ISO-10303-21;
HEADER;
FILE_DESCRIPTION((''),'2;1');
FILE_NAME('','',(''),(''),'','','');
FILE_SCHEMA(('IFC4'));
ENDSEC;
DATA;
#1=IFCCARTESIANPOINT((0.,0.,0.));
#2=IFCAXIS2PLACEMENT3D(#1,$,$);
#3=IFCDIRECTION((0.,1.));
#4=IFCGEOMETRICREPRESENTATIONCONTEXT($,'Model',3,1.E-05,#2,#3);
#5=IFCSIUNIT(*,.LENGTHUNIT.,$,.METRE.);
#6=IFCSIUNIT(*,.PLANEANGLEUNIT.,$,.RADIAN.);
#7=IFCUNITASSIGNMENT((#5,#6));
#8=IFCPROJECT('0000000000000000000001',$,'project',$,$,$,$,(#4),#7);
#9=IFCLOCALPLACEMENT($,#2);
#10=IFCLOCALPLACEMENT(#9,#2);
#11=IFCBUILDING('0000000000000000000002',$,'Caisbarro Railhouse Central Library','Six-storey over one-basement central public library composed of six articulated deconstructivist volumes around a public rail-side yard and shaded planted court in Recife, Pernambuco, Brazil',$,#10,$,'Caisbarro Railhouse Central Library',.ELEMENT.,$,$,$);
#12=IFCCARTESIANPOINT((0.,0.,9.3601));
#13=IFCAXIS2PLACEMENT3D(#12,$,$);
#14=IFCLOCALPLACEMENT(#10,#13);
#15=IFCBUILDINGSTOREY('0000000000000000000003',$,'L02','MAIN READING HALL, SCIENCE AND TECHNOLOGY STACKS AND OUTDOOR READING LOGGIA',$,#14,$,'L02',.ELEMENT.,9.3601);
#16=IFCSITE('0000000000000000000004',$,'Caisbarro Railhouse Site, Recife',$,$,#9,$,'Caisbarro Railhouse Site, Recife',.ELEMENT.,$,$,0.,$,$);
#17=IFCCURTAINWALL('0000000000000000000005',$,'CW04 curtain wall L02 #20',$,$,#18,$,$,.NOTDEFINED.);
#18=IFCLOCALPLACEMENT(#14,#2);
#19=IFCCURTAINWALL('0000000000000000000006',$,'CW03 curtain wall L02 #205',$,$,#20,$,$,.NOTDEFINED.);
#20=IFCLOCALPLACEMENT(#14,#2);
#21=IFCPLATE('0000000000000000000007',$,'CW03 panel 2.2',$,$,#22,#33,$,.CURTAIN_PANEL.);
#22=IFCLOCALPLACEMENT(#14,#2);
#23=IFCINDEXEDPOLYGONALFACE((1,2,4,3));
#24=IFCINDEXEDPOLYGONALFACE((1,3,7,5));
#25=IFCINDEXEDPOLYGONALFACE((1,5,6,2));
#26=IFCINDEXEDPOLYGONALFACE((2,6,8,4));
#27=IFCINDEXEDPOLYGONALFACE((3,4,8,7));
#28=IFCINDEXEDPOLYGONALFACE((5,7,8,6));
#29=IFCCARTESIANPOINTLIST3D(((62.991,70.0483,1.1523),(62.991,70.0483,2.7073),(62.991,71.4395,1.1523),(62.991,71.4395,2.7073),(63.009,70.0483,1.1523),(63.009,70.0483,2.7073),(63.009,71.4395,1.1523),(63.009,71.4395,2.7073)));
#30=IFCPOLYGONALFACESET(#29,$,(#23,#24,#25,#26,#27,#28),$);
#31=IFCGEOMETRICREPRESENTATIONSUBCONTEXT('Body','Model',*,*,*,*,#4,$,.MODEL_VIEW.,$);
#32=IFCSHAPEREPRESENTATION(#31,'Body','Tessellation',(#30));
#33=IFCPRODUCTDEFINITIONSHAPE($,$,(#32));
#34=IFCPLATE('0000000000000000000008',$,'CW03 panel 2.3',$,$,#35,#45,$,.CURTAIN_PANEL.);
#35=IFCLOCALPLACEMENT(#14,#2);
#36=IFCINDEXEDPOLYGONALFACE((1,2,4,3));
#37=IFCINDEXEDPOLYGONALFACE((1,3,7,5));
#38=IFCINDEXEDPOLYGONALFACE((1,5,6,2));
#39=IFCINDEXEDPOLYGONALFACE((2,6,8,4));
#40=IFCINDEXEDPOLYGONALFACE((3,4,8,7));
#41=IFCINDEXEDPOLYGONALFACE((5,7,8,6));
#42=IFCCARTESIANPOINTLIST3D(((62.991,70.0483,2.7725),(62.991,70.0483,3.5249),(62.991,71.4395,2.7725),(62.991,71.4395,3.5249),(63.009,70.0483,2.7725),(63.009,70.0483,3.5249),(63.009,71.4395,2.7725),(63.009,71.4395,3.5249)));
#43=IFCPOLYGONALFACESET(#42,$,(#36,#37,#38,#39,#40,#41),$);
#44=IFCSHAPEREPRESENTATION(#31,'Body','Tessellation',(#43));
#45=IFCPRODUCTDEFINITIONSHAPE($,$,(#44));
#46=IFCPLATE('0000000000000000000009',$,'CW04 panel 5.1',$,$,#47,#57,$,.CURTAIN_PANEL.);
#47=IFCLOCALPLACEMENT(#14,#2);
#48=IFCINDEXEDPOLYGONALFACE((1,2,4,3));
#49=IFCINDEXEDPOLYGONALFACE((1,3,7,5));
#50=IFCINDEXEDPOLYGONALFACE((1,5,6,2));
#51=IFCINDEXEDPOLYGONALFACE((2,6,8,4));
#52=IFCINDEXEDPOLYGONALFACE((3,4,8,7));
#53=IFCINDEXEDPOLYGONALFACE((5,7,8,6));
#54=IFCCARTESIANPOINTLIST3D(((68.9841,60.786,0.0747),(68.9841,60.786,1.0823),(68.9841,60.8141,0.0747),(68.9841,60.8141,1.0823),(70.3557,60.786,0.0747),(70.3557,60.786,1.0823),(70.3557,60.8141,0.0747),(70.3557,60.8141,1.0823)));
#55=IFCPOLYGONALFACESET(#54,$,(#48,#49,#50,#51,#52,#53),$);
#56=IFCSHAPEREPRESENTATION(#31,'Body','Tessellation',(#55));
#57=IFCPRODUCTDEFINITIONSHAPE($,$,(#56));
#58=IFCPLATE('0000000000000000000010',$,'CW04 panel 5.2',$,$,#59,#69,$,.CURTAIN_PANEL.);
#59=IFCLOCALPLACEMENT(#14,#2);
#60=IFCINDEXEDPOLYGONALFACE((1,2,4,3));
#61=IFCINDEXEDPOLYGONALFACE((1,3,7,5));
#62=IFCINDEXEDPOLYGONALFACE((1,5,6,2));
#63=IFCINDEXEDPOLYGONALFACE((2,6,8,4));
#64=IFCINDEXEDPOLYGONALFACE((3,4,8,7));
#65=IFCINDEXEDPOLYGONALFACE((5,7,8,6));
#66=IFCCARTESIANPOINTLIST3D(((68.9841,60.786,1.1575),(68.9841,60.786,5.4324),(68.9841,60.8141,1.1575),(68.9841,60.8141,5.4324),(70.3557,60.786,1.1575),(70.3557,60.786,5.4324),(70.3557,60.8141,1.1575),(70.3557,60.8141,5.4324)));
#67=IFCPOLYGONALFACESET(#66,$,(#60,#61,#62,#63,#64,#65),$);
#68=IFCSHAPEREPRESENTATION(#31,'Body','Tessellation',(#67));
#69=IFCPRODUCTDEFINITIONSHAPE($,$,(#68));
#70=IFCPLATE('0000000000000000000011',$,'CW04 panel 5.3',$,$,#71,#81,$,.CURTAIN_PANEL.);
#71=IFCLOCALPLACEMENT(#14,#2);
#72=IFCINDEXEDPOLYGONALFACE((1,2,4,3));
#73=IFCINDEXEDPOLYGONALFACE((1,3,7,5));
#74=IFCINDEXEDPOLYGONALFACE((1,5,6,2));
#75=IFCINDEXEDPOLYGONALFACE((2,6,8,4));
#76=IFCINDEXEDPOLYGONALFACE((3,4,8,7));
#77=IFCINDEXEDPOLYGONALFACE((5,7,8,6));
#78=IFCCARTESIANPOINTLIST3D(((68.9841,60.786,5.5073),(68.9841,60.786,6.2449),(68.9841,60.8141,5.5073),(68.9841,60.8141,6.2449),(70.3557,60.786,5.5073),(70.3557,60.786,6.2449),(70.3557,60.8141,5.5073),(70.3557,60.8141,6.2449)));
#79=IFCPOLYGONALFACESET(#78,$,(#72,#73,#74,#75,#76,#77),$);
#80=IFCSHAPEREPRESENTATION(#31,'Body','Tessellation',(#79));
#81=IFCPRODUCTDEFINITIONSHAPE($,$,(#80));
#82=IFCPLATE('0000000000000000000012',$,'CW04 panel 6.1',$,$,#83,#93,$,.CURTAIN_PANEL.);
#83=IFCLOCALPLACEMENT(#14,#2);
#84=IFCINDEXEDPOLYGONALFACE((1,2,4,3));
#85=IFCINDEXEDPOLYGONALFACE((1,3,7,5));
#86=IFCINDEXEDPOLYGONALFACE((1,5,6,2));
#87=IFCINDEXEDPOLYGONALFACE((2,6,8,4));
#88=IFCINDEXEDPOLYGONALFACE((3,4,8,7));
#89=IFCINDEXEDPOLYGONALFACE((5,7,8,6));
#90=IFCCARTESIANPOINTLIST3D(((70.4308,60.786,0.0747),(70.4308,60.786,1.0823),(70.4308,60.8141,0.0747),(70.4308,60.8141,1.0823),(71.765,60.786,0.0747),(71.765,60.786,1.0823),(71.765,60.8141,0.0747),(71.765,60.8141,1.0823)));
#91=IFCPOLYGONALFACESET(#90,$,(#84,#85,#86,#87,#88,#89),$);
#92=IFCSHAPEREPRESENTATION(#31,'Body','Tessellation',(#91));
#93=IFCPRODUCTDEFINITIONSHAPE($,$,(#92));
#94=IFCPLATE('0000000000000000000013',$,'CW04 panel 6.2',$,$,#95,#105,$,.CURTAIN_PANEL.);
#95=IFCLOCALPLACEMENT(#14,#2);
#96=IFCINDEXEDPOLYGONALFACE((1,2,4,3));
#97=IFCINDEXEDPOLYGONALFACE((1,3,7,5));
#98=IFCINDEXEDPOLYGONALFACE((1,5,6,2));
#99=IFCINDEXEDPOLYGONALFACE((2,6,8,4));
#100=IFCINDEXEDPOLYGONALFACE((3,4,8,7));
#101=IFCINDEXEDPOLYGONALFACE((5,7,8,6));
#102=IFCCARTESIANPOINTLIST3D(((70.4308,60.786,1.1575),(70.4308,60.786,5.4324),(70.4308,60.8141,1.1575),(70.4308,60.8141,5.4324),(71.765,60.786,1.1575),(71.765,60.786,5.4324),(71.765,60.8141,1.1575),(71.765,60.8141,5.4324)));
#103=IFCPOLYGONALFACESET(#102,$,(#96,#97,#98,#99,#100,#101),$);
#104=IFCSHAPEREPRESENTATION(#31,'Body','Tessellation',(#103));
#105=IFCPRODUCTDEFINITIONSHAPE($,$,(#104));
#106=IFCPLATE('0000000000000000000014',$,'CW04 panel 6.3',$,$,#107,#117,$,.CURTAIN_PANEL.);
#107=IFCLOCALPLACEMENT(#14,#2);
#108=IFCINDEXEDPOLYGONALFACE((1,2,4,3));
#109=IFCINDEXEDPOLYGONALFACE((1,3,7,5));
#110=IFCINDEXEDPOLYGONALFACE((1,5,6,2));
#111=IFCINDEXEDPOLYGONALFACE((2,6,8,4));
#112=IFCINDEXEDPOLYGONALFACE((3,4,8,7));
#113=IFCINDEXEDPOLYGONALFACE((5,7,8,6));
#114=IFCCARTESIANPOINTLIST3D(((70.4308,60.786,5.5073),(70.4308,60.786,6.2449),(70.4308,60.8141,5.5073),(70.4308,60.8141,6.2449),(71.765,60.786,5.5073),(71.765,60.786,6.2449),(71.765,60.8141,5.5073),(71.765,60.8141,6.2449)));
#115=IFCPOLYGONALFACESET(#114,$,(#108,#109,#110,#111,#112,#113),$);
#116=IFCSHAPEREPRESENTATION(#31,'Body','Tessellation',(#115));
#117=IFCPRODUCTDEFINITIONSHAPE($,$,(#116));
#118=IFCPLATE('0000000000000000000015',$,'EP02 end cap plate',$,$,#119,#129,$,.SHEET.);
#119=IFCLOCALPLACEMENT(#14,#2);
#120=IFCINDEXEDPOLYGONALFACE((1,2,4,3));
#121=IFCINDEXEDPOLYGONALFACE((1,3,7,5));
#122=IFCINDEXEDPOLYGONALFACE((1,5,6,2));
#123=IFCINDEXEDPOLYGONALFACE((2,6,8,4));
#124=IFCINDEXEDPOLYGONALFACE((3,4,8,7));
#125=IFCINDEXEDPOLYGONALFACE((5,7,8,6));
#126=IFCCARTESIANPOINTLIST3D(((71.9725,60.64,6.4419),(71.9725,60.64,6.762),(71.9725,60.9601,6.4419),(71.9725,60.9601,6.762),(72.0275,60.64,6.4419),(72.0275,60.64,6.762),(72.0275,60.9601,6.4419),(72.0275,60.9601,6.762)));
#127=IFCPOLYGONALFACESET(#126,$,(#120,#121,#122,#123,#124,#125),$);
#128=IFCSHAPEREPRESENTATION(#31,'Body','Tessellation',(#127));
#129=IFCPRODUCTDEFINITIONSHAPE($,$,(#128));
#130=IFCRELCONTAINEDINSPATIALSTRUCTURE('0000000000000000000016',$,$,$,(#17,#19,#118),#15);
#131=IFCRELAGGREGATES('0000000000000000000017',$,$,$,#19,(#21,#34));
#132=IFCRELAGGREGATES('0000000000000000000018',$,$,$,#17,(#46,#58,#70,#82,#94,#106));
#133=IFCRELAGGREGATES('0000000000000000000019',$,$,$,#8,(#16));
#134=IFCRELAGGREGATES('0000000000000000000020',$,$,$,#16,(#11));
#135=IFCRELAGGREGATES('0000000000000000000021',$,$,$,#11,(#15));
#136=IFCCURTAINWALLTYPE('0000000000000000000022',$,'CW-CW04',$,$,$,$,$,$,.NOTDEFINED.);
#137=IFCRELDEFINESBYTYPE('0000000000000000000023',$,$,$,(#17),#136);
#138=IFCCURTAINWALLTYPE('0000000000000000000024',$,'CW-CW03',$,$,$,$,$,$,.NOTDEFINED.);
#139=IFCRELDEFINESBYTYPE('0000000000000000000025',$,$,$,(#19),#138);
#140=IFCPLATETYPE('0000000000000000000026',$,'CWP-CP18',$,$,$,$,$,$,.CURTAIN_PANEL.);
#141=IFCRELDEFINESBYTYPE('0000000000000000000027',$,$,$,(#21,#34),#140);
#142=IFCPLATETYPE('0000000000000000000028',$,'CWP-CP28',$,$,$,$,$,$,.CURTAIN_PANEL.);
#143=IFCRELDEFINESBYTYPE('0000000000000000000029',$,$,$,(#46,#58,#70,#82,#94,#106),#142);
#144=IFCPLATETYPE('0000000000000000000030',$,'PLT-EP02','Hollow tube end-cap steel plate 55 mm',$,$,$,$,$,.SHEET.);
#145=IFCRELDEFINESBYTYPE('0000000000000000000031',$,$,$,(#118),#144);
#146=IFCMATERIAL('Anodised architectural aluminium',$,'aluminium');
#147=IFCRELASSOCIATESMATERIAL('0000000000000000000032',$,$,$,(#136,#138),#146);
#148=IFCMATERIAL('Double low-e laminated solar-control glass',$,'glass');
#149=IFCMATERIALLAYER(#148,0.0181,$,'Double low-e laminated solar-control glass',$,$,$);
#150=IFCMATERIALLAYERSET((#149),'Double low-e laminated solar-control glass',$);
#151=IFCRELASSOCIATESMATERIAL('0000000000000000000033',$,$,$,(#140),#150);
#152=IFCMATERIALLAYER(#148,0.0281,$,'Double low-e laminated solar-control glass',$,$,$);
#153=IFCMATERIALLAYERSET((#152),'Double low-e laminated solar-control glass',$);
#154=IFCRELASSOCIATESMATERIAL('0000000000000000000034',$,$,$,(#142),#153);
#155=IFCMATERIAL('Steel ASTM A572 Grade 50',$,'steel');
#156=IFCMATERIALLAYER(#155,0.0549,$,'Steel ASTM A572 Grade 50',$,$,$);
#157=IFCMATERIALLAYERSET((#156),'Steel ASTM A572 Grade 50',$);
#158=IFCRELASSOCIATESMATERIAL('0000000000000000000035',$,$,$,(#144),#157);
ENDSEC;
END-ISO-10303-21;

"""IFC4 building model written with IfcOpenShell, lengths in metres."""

from ifc_helpers import new_model, si_unit, direction, frame, origin, origin_2d, place, context, subcontext, project, spatial, rectangle, extrude, material, layer, layer_set, type_object, element, aggregate, save


model = new_model("IFC4")

# Units and contexts
model_context = context("Model", 3, precision=1e-05, world=origin(), true_north=direction((0.0, 1.0)))
body_context = subcontext(model_context, "Body", "Model", "MODEL_VIEW")
ifc_project = project(units=[si_unit("LENGTHUNIT", "METRE"), si_unit("PLANEANGLEUNIT", "RADIAN")], contexts=[model_context])

# Site, building, storey
site_placement = place(None, origin())
site = spatial("IfcSite", under=ifc_project, at=site_placement, Name="Caisbarro Railhouse Site, Recife", LongName="Caisbarro Railhouse Site, Recife", CompositionType="ELEMENT", RefElevation=0.0)
building_placement = place(site_placement, origin())
building = spatial("IfcBuilding", under=site, at=building_placement, Name="Caisbarro Railhouse Central Library", Description="Six-storey over one-basement central public library composed of six articulated deconstructivist volumes around a public rail-side yard and shaded planted court in Recife, Pernambuco, Brazil", LongName="Caisbarro Railhouse Central Library", CompositionType="ELEMENT")
storey_placement = place(building_placement, frame((0.0, 0.0, 9.3601)))
storey = spatial("IfcBuildingStorey", under=building, at=storey_placement, Name="L02", Description="MAIN READING HALL, SCIENCE AND TECHNOLOGY STACKS AND OUTDOOR READING LOGGIA", LongName="L02", CompositionType="ELEMENT", Elevation=9.3601)

# Shared definitions
ifc_material_1 = material(Name="Steel ASTM A572 Grade 50", Category="steel")

# Curtain walls
ifc_material_2 = material(Name="Anodised architectural aluminium", Category="aluminium")
curtain_wall_type_1 = type_object("IfcCurtainWallType", Name="CW-CW04", PredefinedType="NOTDEFINED", material=ifc_material_2)
curtain_wall_1_placement = place(storey_placement, origin())
curtain_wall_1 = element("IfcCurtainWall", 1, at=curtain_wall_1_placement, inside=storey, type_object=curtain_wall_type_1, Name="CW04 curtain wall L02 #20", PredefinedType="NOTDEFINED")
curtain_wall_type_2 = type_object("IfcCurtainWallType", Name="CW-CW03", PredefinedType="NOTDEFINED", material=ifc_material_2)
curtain_wall_2_placement = place(storey_placement, origin())
curtain_wall_2 = element("IfcCurtainWall", 2, at=curtain_wall_2_placement, inside=storey, type_object=curtain_wall_type_2, Name="CW03 curtain wall L02 #205", PredefinedType="NOTDEFINED")

# Plates
ifc_material_3 = material(Name="Double low-e laminated solar-control glass", Category="glass")
ifc_layer_1 = layer(ifc_material_3, 0.0181, Name="Double low-e laminated solar-control glass")
ifc_layer_set_1 = layer_set([ifc_layer_1], Name="Double low-e laminated solar-control glass")
plate_type_1 = type_object("IfcPlateType", Name="CWP-CP18", PredefinedType="CURTAIN_PANEL", material=ifc_layer_set_1)
plate_1_placement = place(storey_placement, frame((63.0, 70.7439, 1.1523), z_axis=(0.0, 0.0, 1.0), x_axis=(0.0, 1.0, 0.0)))
plate_1 = element("IfcPlate", 3, at=plate_1_placement, type_object=plate_type_1, Name="CW03 panel 2.2", PredefinedType="CURTAIN_PANEL", context=body_context, shape_type="SweptSolid", body=[
    extrude(rectangle(XDim=1.3911, YDim=0.0181, at=origin_2d()), origin(), (0.0, 0.0, 1.0), 1.5549),
])
plate_2_placement = place(storey_placement, frame((63.0, 70.7439, 2.7725), z_axis=(0.0, 0.0, 1.0), x_axis=(0.0, 1.0, 0.0)))
plate_2 = element("IfcPlate", 4, at=plate_2_placement, type_object=plate_type_1, Name="CW03 panel 2.3", PredefinedType="CURTAIN_PANEL", context=body_context, shape_type="SweptSolid", body=[
    extrude(rectangle(XDim=1.3911, YDim=0.0181, at=origin_2d()), origin(), (0.0, 0.0, 1.0), 0.7524),
])
aggregate(curtain_wall_2, [plate_1, plate_2])
ifc_layer_2 = layer(ifc_material_3, 0.0281, Name="Double low-e laminated solar-control glass")
ifc_layer_set_2 = layer_set([ifc_layer_2], Name="Double low-e laminated solar-control glass")
plate_type_2 = type_object("IfcPlateType", Name="CWP-CP28", PredefinedType="CURTAIN_PANEL", material=ifc_layer_set_2)
plate_3_placement = place(storey_placement, frame((69.6699, 60.8, 0.0747), z_axis=(0.0, 0.0, 1.0), x_axis=(1.0, 0.0, 0.0)))
plate_3 = element("IfcPlate", 5, at=plate_3_placement, type_object=plate_type_2, Name="CW04 panel 5.1", PredefinedType="CURTAIN_PANEL", context=body_context, shape_type="SweptSolid", body=[
    extrude(rectangle(XDim=1.3716, YDim=0.0281, at=origin_2d()), origin(), (0.0, 0.0, 1.0), 1.0076),
])
plate_4_placement = place(storey_placement, frame((69.6699, 60.8, 1.1575), z_axis=(0.0, 0.0, 1.0), x_axis=(1.0, 0.0, 0.0)))
plate_4 = element("IfcPlate", 6, at=plate_4_placement, type_object=plate_type_2, Name="CW04 panel 5.2", PredefinedType="CURTAIN_PANEL", context=body_context, shape_type="SweptSolid", body=[
    extrude(rectangle(XDim=1.3716, YDim=0.0281, at=origin_2d()), origin(), (0.0, 0.0, 1.0), 4.2749),
])
plate_5_placement = place(storey_placement, frame((69.6699, 60.8, 5.5073), z_axis=(0.0, 0.0, 1.0), x_axis=(1.0, 0.0, 0.0)))
plate_5 = element("IfcPlate", 7, at=plate_5_placement, type_object=plate_type_2, Name="CW04 panel 5.3", PredefinedType="CURTAIN_PANEL", context=body_context, shape_type="SweptSolid", body=[
    extrude(rectangle(XDim=1.3716, YDim=0.0281, at=origin_2d()), origin(), (0.0, 0.0, 1.0), 0.7375),
])
plate_6_placement = place(storey_placement, frame((71.0979, 60.8, 0.0747), z_axis=(0.0, 0.0, 1.0), x_axis=(1.0, 0.0, 0.0)))
plate_6 = element("IfcPlate", 8, at=plate_6_placement, type_object=plate_type_2, Name="CW04 panel 6.1", PredefinedType="CURTAIN_PANEL", context=body_context, shape_type="SweptSolid", body=[
    extrude(rectangle(XDim=1.3342, YDim=0.0281, at=origin_2d()), origin(), (0.0, 0.0, 1.0), 1.0076),
])
plate_7_placement = place(storey_placement, frame((71.0979, 60.8, 1.1575), z_axis=(0.0, 0.0, 1.0), x_axis=(1.0, 0.0, 0.0)))
plate_7 = element("IfcPlate", 9, at=plate_7_placement, type_object=plate_type_2, Name="CW04 panel 6.2", PredefinedType="CURTAIN_PANEL", context=body_context, shape_type="SweptSolid", body=[
    extrude(rectangle(XDim=1.3342, YDim=0.0281, at=origin_2d()), origin(), (0.0, 0.0, 1.0), 4.2749),
])
plate_8_placement = place(storey_placement, frame((71.0979, 60.8, 5.5073), z_axis=(0.0, 0.0, 1.0), x_axis=(1.0, 0.0, 0.0)))
plate_8 = element("IfcPlate", 10, at=plate_8_placement, type_object=plate_type_2, Name="CW04 panel 6.3", PredefinedType="CURTAIN_PANEL", context=body_context, shape_type="SweptSolid", body=[
    extrude(rectangle(XDim=1.3342, YDim=0.0281, at=origin_2d()), origin(), (0.0, 0.0, 1.0), 0.7375),
])
aggregate(curtain_wall_1, [plate_3, plate_4, plate_5, plate_6, plate_7, plate_8])
ifc_layer_3 = layer(ifc_material_1, 0.0549, Name="Steel ASTM A572 Grade 50")
ifc_layer_set_3 = layer_set([ifc_layer_3], Name="Steel ASTM A572 Grade 50")
plate_type_3 = type_object("IfcPlateType", Name="PLT-EP02", Description="Hollow tube end-cap steel plate 55 mm", PredefinedType="SHEET", material=ifc_layer_set_3)
plate_9_placement = place(storey_placement, frame((72.0, 60.8, 6.4419), z_axis=(0.0, 0.0, 1.0), x_axis=(1.0, 0.0, 0.0)))
element("IfcPlate", 11, at=plate_9_placement, inside=storey, type_object=plate_type_3, Name="EP02 end cap plate", PredefinedType="SHEET", context=body_context, shape_type="SweptSolid", body=[
    extrude(rectangle(XDim=0.0549, YDim=0.3201, at=origin_2d()), origin(), (0.0, 0.0, 1.0), 0.3201),
])

save(model, "model.ifc")
